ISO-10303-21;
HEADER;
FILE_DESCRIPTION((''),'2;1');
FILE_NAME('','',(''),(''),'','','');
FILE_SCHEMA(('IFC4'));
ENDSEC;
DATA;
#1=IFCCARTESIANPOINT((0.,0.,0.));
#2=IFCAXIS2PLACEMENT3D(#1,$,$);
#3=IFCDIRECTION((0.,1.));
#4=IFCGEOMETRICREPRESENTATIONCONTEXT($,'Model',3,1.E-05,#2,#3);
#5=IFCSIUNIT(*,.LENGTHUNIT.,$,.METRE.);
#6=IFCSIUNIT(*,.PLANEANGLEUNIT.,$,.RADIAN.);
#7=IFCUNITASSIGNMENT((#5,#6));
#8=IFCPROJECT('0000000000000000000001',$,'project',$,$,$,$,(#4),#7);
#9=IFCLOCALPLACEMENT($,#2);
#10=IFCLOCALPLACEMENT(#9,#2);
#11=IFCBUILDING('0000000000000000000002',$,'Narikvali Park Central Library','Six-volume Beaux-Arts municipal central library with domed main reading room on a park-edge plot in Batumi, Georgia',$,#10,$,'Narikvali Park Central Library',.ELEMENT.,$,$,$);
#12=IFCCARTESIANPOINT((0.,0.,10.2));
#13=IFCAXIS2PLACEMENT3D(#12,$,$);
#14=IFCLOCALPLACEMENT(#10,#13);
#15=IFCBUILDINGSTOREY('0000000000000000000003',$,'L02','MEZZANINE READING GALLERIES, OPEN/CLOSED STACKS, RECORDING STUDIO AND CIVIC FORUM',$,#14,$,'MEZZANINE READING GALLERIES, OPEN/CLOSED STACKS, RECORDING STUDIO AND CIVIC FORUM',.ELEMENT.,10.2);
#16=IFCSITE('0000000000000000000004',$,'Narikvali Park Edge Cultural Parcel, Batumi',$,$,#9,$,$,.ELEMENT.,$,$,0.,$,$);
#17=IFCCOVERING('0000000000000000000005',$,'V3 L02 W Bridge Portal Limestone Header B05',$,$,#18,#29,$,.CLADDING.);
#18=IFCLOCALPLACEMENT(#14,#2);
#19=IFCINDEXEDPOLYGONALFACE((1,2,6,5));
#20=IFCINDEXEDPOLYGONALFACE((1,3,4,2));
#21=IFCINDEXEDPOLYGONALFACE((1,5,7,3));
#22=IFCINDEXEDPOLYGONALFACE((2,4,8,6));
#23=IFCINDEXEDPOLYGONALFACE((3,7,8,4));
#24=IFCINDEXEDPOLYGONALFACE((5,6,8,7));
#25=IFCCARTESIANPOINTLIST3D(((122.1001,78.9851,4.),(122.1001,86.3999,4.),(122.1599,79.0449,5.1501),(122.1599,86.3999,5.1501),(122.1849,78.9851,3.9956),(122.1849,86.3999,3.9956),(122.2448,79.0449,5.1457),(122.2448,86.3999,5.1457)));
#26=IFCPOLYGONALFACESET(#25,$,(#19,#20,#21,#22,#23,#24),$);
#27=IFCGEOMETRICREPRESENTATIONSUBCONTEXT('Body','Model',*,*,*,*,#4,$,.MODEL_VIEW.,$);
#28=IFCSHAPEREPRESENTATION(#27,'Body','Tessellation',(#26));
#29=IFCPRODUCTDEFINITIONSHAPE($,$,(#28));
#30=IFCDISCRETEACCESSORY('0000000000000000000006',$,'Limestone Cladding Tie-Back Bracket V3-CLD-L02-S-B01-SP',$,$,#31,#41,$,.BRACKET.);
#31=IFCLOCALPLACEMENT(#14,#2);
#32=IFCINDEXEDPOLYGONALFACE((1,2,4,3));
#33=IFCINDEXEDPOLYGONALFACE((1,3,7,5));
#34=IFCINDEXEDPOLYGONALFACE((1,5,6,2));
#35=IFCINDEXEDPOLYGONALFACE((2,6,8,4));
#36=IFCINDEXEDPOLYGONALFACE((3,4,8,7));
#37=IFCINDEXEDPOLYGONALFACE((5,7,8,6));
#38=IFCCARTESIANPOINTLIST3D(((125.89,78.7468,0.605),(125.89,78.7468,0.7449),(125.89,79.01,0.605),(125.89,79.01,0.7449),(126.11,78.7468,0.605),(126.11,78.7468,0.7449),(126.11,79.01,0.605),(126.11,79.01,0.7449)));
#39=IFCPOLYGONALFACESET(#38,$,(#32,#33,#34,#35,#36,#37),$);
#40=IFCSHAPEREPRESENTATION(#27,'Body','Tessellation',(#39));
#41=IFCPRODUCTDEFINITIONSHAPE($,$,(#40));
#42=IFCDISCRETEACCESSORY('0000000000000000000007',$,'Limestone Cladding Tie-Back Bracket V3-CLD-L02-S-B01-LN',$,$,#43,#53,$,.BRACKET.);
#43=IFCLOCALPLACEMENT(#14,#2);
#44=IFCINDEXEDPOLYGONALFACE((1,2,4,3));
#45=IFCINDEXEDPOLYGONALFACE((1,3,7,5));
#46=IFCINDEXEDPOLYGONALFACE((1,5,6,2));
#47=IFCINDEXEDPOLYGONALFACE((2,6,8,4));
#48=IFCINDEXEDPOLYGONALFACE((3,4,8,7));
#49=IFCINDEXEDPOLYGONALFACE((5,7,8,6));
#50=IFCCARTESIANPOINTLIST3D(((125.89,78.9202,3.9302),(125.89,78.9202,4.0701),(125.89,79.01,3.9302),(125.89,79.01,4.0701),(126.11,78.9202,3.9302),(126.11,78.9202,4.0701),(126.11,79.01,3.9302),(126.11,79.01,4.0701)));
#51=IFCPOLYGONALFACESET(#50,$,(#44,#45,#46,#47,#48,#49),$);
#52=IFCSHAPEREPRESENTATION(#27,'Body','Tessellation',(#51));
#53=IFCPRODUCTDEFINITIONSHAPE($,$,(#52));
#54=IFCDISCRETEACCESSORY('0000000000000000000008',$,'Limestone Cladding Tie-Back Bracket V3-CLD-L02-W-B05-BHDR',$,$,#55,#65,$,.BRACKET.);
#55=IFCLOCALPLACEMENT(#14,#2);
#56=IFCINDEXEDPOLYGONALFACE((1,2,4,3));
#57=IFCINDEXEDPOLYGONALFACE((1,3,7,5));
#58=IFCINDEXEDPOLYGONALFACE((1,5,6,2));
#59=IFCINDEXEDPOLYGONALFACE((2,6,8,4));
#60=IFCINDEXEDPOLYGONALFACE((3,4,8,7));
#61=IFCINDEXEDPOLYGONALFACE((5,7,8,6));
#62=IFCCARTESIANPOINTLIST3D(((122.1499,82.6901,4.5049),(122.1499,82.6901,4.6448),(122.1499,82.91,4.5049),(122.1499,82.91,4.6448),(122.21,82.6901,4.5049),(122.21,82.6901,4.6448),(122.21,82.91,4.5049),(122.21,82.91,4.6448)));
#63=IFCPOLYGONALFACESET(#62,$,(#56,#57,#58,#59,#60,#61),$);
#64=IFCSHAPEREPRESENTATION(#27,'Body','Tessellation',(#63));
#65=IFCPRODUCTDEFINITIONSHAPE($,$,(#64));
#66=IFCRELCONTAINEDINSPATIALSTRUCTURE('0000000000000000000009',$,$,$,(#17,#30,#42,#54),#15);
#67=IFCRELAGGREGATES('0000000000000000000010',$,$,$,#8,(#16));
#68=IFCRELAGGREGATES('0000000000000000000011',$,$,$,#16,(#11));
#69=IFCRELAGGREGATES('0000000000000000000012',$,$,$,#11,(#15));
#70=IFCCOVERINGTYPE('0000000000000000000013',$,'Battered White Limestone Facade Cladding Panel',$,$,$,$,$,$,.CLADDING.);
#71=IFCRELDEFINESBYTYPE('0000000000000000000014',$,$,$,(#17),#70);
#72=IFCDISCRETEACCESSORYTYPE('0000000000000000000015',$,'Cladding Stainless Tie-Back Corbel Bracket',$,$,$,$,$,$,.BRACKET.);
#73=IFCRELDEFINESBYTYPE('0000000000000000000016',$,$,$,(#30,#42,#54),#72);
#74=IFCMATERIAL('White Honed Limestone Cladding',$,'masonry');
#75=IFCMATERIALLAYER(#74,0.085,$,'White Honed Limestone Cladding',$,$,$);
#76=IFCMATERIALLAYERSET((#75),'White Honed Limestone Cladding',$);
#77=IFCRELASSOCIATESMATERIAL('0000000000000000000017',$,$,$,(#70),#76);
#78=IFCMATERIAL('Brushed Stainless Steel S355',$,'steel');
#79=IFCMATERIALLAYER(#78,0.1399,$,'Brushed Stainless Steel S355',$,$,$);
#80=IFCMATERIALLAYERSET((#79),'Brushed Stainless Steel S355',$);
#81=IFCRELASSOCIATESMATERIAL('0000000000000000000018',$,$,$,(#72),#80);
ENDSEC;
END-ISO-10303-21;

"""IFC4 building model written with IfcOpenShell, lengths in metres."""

from ifc_helpers import new_model, si_unit, direction, frame, origin, origin_2d, place, context, subcontext, project, spatial, polyline, rectangle, outline, extrude, material, layer, layer_set, type_object, element, save


model = new_model("IFC4")

# Units and contexts
model_context = context("Model", 3, precision=1e-05, world=origin(), true_north=direction((0.0, 1.0)))
body_context = subcontext(model_context, "Body", "Model", "MODEL_VIEW")
ifc_project = project(units=[si_unit("LENGTHUNIT", "METRE"), si_unit("PLANEANGLEUNIT", "RADIAN")], contexts=[model_context])

# Site, building, storey
site_placement = place(None, origin())
site = spatial("IfcSite", under=ifc_project, at=site_placement, Name="Narikvali Park Edge Cultural Parcel, Batumi", CompositionType="ELEMENT", RefElevation=0.0)
building_placement = place(site_placement, origin())
building = spatial("IfcBuilding", under=site, at=building_placement, Name="Narikvali Park Central Library", Description="Six-volume Beaux-Arts municipal central library with domed main reading room on a park-edge plot in Batumi, Georgia", LongName="Narikvali Park Central Library", CompositionType="ELEMENT")
storey_placement = place(building_placement, frame((0.0, 0.0, 10.2)))
storey = spatial("IfcBuildingStorey", under=building, at=storey_placement, Name="L02", Description="MEZZANINE READING GALLERIES, OPEN/CLOSED STACKS, RECORDING STUDIO AND CIVIC FORUM", LongName="MEZZANINE READING GALLERIES, OPEN/CLOSED STACKS, RECORDING STUDIO AND CIVIC FORUM", CompositionType="ELEMENT", Elevation=10.2)

# Covering
ifc_material_1 = material(Name="White Honed Limestone Cladding", Category="masonry")
ifc_layer_1 = layer(ifc_material_1, 0.085, Name="White Honed Limestone Cladding")
ifc_layer_set_1 = layer_set([ifc_layer_1], Name="White Honed Limestone Cladding")
covering_type = type_object("IfcCoveringType", Name="Battered White Limestone Facade Cladding Panel", PredefinedType="CLADDING", material=ifc_layer_set_1)
covering_1_placement = place(storey_placement, frame((122.1001, 86.3999, 4.0), z_axis=(-0.99865, 0.0, 0.051936), x_axis=(0.0, -1.0, 0.0)))
element("IfcCovering", 1, at=covering_1_placement, inside=storey, type_object=covering_type, Name="V3 L02 W Bridge Portal Limestone Header B05", PredefinedType="CLADDING", context=body_context, shape_type="SweptSolid", body=[
    extrude(outline(polyline([(0.0, 0.0), (7.4148, 0.0), (7.355, 1.1517), (0.0, 1.1517), (0.0, 0.0)])), origin(), (0.0, 0.0, -1.0), 0.085),
])

# Discrete accessories
ifc_material_2 = material(Name="Brushed Stainless Steel S355", Category="steel")
ifc_layer_2 = layer(ifc_material_2, 0.1399, Name="Brushed Stainless Steel S355")
ifc_layer_set_2 = layer_set([ifc_layer_2], Name="Brushed Stainless Steel S355")
discrete_accessory_type = type_object("IfcDiscreteAccessoryType", Name="Cladding Stainless Tie-Back Corbel Bracket", PredefinedType="BRACKET", material=ifc_layer_set_2)
discrete_accessory_1_placement = place(storey_placement, frame((126.0, 78.8784, 0.605), z_axis=(0.0, 0.0, 1.0), x_axis=(1.0, 0.0, 0.0)))
element("IfcDiscreteAccessory", 2, at=discrete_accessory_1_placement, inside=storey, type_object=discrete_accessory_type, Name="Limestone Cladding Tie-Back Bracket V3-CLD-L02-S-B01-SP", PredefinedType="BRACKET", context=body_context, shape_type="SweptSolid", body=[
    extrude(rectangle(XDim=0.22, YDim=0.2632, at=origin_2d()), origin(), (0.0, 0.0, 1.0), 0.1399),
])
discrete_accessory_2_placement = place(storey_placement, frame((126.0, 78.9651, 3.9302), z_axis=(0.0, 0.0, 1.0), x_axis=(1.0, 0.0, 0.0)))
element("IfcDiscreteAccessory", 3, at=discrete_accessory_2_placement, inside=storey, type_object=discrete_accessory_type, Name="Limestone Cladding Tie-Back Bracket V3-CLD-L02-S-B01-LN", PredefinedType="BRACKET", context=body_context, shape_type="SweptSolid", body=[
    extrude(rectangle(XDim=0.22, YDim=0.0898, at=origin_2d()), origin(), (0.0, 0.0, 1.0), 0.1399),
])
discrete_accessory_3_placement = place(storey_placement, frame((122.1799, 82.8, 4.5049), z_axis=(0.0, 0.0, 1.0), x_axis=(1.0, 0.0, 0.0)))
element("IfcDiscreteAccessory", 4, at=discrete_accessory_3_placement, inside=storey, type_object=discrete_accessory_type, Name="Limestone Cladding Tie-Back Bracket V3-CLD-L02-W-B05-BHDR", PredefinedType="BRACKET", context=body_context, shape_type="SweptSolid", body=[
    extrude(rectangle(XDim=0.0601, YDim=0.22, at=origin_2d()), origin(), (0.0, 0.0, 1.0), 0.1399),
])

save(model, "model.ifc")
